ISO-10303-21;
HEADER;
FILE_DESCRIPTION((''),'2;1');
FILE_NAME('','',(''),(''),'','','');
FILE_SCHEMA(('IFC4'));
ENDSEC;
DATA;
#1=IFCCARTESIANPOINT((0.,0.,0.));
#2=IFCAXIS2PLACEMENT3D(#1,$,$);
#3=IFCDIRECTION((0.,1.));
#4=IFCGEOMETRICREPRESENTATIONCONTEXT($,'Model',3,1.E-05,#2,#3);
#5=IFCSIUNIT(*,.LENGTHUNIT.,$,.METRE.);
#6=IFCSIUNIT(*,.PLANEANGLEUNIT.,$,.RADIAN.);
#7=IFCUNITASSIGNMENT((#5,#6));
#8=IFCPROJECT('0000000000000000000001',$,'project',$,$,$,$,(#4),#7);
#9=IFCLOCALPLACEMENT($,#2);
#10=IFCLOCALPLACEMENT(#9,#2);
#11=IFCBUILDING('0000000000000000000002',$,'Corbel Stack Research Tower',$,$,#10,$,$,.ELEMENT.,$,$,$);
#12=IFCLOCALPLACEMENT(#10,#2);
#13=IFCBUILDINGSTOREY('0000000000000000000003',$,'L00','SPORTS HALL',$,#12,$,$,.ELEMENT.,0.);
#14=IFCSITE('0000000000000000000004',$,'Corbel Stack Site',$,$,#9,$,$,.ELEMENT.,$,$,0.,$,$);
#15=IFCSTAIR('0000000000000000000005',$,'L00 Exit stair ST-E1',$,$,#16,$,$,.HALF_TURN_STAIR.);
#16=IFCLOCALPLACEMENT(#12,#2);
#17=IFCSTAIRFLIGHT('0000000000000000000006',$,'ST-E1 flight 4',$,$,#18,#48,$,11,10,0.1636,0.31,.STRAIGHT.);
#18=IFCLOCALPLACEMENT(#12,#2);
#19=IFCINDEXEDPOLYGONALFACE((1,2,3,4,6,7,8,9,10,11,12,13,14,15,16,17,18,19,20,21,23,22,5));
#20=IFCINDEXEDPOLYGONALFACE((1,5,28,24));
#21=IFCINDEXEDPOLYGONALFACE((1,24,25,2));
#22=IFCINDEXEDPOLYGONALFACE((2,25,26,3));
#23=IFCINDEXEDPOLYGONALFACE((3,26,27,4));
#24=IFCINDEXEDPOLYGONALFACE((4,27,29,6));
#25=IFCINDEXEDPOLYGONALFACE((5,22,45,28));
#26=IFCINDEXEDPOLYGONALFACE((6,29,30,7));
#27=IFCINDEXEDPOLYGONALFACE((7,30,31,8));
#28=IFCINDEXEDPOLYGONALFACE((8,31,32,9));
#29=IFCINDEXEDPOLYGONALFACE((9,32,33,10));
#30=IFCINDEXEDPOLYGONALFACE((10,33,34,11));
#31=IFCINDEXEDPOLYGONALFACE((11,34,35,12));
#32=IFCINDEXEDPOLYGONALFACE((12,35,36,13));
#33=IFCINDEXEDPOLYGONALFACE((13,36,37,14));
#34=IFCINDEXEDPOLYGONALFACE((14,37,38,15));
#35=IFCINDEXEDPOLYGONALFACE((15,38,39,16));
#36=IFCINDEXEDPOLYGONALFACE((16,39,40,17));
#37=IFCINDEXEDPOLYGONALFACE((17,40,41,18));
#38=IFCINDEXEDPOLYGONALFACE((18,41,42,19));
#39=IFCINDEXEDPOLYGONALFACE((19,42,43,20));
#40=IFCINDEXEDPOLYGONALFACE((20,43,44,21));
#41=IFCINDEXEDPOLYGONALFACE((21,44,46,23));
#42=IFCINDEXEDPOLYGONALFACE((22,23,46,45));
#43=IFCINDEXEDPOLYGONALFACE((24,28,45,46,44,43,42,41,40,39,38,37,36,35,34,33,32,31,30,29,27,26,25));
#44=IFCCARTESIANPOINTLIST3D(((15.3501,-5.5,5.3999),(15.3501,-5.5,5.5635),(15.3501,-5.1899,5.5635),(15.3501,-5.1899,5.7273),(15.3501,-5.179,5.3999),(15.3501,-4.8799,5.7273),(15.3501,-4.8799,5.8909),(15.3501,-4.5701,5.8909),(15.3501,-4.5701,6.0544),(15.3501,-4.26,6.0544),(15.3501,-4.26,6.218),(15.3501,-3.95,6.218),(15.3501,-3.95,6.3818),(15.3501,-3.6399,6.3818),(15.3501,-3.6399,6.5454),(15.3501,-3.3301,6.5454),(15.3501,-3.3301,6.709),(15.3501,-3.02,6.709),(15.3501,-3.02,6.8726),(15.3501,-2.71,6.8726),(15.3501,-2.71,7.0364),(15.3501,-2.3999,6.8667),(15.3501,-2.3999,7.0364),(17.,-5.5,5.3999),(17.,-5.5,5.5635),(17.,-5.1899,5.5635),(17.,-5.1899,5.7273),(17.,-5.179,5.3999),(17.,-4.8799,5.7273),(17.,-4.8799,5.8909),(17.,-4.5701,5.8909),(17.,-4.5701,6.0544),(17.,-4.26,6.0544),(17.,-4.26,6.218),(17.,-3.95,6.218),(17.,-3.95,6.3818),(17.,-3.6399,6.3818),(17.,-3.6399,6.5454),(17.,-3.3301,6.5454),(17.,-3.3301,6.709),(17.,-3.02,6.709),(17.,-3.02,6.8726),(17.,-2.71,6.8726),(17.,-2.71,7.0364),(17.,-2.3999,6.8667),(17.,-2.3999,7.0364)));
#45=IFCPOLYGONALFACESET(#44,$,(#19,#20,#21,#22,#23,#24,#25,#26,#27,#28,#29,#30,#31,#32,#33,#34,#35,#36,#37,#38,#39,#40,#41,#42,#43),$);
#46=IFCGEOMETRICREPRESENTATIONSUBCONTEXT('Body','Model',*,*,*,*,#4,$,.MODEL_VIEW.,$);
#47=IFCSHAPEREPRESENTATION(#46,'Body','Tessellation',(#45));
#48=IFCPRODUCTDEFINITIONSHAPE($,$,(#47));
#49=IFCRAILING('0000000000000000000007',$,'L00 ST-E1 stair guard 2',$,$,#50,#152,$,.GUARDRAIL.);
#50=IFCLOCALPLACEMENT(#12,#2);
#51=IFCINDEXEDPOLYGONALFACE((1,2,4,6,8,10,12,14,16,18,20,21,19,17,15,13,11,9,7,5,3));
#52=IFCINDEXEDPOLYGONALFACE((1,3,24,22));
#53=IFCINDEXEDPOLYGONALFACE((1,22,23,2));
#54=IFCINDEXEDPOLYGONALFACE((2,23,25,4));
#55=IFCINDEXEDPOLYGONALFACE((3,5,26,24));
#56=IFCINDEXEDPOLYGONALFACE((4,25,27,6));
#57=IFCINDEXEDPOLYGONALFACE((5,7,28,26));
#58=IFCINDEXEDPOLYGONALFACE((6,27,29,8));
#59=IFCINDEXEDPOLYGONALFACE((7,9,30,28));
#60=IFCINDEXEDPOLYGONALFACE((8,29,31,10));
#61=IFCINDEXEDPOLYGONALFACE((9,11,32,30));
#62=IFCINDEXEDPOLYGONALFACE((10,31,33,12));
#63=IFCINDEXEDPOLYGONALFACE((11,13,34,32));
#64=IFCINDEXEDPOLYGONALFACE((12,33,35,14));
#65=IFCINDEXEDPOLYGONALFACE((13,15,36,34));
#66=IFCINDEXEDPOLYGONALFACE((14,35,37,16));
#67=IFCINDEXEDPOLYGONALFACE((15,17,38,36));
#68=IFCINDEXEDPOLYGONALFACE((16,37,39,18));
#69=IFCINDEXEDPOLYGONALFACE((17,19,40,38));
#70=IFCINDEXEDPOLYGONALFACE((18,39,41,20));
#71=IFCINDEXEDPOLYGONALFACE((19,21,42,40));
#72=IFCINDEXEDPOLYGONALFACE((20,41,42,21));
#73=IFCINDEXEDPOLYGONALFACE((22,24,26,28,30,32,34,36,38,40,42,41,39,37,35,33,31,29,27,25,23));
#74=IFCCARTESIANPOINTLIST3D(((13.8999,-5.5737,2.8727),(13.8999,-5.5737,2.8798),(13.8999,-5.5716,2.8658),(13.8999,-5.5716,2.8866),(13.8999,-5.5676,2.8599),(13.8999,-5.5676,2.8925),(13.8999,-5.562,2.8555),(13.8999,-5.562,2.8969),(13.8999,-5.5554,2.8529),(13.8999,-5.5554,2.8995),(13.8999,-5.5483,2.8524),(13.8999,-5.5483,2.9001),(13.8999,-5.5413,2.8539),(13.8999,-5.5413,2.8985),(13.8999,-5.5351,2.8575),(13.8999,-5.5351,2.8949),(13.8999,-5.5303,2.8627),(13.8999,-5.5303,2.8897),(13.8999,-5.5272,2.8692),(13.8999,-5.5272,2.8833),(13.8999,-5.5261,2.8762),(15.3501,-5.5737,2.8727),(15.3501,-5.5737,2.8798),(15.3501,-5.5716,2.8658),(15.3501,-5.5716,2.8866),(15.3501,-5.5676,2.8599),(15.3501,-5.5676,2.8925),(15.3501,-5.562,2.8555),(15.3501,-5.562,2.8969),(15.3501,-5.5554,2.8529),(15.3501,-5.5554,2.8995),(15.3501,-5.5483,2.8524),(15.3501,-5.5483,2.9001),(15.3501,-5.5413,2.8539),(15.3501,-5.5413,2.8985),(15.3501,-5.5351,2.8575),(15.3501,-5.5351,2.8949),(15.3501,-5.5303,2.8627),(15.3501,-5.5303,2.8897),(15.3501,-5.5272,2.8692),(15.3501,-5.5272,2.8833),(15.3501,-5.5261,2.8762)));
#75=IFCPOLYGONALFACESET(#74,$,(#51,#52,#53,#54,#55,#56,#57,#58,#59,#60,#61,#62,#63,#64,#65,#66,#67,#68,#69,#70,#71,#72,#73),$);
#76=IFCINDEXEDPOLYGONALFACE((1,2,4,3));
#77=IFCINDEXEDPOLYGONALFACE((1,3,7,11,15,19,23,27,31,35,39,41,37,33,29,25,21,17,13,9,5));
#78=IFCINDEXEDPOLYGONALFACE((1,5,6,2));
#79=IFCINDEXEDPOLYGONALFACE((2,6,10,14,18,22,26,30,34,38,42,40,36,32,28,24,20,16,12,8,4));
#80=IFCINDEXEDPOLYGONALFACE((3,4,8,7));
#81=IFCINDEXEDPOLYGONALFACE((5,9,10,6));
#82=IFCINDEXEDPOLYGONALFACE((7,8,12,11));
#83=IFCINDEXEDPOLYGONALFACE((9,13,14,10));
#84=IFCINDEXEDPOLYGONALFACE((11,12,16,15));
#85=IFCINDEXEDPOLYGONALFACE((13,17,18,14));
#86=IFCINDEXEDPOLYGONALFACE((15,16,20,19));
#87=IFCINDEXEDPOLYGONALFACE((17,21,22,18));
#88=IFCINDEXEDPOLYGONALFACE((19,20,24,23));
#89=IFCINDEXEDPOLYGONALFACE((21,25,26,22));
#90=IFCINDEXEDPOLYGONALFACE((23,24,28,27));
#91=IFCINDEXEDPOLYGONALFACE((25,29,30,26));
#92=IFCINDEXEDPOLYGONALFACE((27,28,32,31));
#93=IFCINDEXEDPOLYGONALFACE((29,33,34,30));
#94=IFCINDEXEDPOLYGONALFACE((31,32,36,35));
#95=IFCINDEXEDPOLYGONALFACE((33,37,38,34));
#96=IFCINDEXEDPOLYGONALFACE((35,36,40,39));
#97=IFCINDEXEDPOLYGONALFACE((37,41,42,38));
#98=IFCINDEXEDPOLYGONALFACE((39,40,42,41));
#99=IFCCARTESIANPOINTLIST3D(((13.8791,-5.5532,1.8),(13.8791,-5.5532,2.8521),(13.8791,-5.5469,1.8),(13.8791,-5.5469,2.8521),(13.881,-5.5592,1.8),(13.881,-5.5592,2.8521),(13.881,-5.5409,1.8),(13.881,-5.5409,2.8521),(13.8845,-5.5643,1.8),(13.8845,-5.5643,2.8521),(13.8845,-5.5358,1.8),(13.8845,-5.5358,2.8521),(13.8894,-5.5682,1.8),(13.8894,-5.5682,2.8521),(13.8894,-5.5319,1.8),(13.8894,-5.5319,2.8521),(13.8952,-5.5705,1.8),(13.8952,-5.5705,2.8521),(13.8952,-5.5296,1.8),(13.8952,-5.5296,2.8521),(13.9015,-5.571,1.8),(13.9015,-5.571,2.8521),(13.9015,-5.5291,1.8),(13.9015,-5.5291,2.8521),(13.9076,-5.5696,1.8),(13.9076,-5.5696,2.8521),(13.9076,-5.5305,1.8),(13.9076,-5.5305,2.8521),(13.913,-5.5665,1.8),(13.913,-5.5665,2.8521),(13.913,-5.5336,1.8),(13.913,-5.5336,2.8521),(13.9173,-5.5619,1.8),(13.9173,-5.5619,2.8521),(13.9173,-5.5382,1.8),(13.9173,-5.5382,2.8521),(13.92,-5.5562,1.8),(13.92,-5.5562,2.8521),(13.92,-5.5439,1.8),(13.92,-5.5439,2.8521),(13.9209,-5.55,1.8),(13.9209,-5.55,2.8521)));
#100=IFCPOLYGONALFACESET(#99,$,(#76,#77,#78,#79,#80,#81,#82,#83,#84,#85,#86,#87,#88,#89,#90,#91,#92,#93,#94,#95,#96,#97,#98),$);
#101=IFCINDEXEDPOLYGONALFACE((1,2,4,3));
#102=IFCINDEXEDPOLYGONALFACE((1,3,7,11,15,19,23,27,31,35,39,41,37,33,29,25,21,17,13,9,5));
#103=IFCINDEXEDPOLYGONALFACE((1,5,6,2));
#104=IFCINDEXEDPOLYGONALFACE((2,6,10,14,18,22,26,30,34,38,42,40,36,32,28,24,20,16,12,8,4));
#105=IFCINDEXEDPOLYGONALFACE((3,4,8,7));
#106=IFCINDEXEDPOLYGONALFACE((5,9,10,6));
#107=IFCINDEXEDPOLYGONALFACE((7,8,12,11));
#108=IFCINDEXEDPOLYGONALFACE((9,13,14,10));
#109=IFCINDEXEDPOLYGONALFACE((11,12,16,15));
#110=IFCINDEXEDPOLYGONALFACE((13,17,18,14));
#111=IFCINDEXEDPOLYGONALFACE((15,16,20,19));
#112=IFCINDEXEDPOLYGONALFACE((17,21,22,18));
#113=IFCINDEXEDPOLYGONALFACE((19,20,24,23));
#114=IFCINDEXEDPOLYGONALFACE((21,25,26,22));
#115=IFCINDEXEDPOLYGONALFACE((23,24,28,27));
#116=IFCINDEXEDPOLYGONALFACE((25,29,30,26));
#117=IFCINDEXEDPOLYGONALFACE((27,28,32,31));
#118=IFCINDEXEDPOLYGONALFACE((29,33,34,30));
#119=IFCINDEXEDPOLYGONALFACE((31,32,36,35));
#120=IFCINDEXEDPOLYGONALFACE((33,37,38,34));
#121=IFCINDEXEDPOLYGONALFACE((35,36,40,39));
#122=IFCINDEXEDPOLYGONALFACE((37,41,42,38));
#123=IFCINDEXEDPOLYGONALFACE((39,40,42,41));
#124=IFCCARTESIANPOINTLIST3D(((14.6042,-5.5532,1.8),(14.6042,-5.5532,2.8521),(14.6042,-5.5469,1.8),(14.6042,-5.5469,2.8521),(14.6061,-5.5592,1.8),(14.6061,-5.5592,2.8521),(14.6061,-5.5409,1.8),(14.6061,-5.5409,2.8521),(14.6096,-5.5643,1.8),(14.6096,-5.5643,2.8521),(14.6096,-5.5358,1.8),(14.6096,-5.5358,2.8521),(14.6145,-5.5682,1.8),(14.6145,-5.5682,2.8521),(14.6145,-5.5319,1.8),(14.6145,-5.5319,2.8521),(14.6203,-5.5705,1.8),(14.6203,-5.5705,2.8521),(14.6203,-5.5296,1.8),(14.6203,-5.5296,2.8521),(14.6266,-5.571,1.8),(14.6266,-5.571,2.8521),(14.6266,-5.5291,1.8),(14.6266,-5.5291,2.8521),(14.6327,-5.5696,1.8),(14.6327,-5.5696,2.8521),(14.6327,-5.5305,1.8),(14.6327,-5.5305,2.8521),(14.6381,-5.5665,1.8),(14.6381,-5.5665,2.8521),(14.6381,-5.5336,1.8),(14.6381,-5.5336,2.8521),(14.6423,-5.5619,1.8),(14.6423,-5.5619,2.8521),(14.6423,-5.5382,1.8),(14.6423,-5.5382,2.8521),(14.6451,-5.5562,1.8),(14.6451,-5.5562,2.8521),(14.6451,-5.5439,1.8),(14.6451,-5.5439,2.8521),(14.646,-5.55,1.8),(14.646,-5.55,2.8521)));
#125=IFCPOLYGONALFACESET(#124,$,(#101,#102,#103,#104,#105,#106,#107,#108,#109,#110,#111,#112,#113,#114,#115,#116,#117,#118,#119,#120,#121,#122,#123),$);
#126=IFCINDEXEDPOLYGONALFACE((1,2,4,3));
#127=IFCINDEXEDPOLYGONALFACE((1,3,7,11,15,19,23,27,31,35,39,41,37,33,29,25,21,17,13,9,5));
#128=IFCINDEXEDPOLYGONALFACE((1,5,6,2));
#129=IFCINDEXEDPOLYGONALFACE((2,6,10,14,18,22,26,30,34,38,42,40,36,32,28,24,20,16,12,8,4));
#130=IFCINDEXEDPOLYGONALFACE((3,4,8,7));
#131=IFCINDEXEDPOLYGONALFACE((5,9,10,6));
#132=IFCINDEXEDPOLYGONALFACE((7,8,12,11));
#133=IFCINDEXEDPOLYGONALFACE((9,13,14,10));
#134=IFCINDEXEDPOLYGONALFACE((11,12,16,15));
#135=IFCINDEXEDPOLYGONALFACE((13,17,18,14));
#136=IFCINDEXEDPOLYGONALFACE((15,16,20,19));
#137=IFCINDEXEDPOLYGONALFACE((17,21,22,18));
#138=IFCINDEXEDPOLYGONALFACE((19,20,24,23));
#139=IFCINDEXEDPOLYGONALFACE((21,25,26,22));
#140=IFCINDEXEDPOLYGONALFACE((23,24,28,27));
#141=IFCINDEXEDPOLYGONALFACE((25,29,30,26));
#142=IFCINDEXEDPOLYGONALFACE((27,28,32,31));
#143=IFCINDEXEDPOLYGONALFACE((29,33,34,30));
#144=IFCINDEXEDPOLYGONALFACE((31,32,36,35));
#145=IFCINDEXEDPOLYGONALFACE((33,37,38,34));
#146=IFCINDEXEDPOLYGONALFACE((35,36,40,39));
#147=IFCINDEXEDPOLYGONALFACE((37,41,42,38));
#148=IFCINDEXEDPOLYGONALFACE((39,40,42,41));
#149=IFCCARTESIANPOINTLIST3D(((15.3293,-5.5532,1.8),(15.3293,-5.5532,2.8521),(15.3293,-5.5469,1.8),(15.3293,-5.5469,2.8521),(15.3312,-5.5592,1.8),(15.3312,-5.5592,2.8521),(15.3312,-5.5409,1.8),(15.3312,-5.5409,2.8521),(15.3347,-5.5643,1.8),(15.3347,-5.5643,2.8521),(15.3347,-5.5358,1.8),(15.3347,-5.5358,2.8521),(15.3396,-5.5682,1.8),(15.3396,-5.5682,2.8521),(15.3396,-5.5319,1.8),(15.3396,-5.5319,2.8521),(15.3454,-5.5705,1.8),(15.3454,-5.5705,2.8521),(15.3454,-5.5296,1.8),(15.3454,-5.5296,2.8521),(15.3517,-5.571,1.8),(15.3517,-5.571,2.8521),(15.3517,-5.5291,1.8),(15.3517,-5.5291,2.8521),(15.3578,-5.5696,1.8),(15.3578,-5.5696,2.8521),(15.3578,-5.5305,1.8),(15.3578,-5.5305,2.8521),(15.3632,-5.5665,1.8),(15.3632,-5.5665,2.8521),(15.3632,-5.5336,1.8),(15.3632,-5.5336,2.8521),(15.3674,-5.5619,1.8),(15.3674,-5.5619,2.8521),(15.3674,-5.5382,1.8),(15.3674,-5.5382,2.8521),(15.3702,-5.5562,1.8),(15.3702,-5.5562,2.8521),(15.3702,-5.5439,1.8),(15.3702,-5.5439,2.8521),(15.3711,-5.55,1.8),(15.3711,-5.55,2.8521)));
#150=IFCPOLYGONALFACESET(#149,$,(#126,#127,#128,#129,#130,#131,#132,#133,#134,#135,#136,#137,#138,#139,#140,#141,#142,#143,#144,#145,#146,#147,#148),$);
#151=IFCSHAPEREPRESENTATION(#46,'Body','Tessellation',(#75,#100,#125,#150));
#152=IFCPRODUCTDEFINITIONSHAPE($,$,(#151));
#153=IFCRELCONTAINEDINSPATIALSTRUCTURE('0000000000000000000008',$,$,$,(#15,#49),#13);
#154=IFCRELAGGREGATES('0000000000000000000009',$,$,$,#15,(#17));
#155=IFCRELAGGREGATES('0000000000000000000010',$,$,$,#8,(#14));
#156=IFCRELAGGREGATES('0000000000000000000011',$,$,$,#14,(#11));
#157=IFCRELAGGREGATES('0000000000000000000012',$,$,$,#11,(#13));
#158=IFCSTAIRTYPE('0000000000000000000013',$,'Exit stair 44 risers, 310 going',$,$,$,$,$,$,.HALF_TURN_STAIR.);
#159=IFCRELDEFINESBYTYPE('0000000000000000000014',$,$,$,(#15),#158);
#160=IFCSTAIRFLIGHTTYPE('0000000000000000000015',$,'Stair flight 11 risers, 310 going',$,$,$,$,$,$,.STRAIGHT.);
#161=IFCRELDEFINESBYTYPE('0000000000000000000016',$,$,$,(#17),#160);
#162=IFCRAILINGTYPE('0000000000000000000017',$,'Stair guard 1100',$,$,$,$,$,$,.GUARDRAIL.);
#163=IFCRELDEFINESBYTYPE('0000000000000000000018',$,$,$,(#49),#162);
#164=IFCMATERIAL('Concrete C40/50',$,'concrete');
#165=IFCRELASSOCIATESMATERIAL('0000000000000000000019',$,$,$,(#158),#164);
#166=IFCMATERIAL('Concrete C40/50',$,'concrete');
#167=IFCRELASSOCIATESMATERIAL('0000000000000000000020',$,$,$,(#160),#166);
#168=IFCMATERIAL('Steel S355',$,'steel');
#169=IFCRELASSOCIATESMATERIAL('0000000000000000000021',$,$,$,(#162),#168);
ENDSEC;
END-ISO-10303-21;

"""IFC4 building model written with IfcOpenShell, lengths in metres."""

from ifc_helpers import new_model, si_unit, direction, frame, origin, origin_2d, place, context, subcontext, project, spatial, polyline, circle, outline, extrude, material, type_object, element, aggregate, save


model = new_model("IFC4")

# Units and contexts
model_context = context("Model", 3, precision=1e-05, world=origin(), true_north=direction((0.0, 1.0)))
body_context = subcontext(model_context, "Body", "Model", "MODEL_VIEW")
ifc_project = project(units=[si_unit("LENGTHUNIT", "METRE"), si_unit("PLANEANGLEUNIT", "RADIAN")], contexts=[model_context])

# Site, building, storey
site_placement = place(None, origin())
site = spatial("IfcSite", under=ifc_project, at=site_placement, Name="Corbel Stack Site", CompositionType="ELEMENT", RefElevation=0.0)
building_placement = place(site_placement, origin())
building = spatial("IfcBuilding", under=site, at=building_placement, Name="Corbel Stack Research Tower", CompositionType="ELEMENT")
storey_placement = place(building_placement, origin())
storey = spatial("IfcBuildingStorey", under=building, at=storey_placement, Name="L00", Description="SPORTS HALL", CompositionType="ELEMENT", Elevation=0.0)

# Stair, stair flight
ifc_material_1 = material(Name="Concrete C40/50", Category="concrete")
stair_type = type_object("IfcStairType", Name="Exit stair 44 risers, 310 going", PredefinedType="HALF_TURN_STAIR", material=ifc_material_1)
stair_placement = place(storey_placement, origin())
stair = element("IfcStair", 1, at=stair_placement, inside=storey, type_object=stair_type, Name="L00 Exit stair ST-E1", PredefinedType="HALF_TURN_STAIR")
ifc_material_2 = material(Name="Concrete C40/50", Category="concrete")
stair_flight_type = type_object("IfcStairFlightType", Name="Stair flight 11 risers, 310 going", PredefinedType="STRAIGHT", material=ifc_material_2)
stair_flight_1_placement = place(storey_placement, frame((16.175, -5.5, 5.3999), z_axis=(0.0, 0.0, 1.0), x_axis=(0.0, 1.0, 0.0)))
stair_flight_1 = element("IfcStairFlight", 2, at=stair_flight_1_placement, type_object=stair_flight_type, Name="ST-E1 flight 4", NumberOfRisers=11, NumberOfTreads=10, PredefinedType="STRAIGHT", RiserHeight=0.1636, TreadLength=0.31, context=body_context, shape_type="SweptSolid", body=[
    extrude(outline(polyline([(0.0, 0.0), (0.0, 0.1636), (0.3101, 0.1636), (0.3101, 0.3274), (0.6201, 0.3274), (0.6201, 0.491), (0.9299, 0.491), (0.9299, 0.6545), (1.24, 0.6545), (1.24, 0.8181), (1.55, 0.8181), (1.55, 0.9819), (1.8601, 0.9819), (1.8601, 1.1455), (2.1699, 1.1455), (2.1699, 1.3091), (2.48, 1.3091), (2.48, 1.4727), (2.79, 1.4727), (2.79, 1.6365), (3.1001, 1.6365), (3.1001, 1.8), (3.1001, 1.4668), (0.321, 0.0), (0.0, 0.0)])), frame((0.0, 0.825, 0.0), z_axis=(0.0, -1.0, 0.0), x_axis=(1.0, 0.0, 0.0)), (0.0, 0.0, 1.0), 1.6499),
])
aggregate(stair, [stair_flight_1])

# Railing
ifc_material_3 = material(Name="Steel S355", Category="steel")
railing_type_1 = type_object("IfcRailingType", Name="Stair guard 1100", PredefinedType="GUARDRAIL", material=ifc_material_3)
railing_1_placement = place(storey_placement, frame((13.8999, -5.55, 1.8)))
element("IfcRailing", 3, at=railing_1_placement, inside=storey, type_object=railing_type_1, Name="L00 ST-E1 stair guard 2", PredefinedType="GUARDRAIL", context=body_context, shape_type="SweptSolid", body=[
    extrude(circle(Radius=0.0239, at=origin_2d()), frame((0.0, 0.0, 1.0762), z_axis=(1.0, 0.0, 0.0), x_axis=(0.0, 1.0, 0.0)), (0.0, 0.0, 1.0), 1.4502),
    extrude(circle(Radius=0.021, at=origin_2d()), origin(), (0.0, 0.0, 1.0), 1.052),
    extrude(circle(Radius=0.021, at=origin_2d()), frame((0.7251, 0.0, 0.0)), (0.0, 0.0, 1.0), 1.052),
    extrude(circle(Radius=0.021, at=origin_2d()), frame((1.4502, 0.0, 0.0)), (0.0, 0.0, 1.0), 1.052),
])

save(model, "model.ifc")
